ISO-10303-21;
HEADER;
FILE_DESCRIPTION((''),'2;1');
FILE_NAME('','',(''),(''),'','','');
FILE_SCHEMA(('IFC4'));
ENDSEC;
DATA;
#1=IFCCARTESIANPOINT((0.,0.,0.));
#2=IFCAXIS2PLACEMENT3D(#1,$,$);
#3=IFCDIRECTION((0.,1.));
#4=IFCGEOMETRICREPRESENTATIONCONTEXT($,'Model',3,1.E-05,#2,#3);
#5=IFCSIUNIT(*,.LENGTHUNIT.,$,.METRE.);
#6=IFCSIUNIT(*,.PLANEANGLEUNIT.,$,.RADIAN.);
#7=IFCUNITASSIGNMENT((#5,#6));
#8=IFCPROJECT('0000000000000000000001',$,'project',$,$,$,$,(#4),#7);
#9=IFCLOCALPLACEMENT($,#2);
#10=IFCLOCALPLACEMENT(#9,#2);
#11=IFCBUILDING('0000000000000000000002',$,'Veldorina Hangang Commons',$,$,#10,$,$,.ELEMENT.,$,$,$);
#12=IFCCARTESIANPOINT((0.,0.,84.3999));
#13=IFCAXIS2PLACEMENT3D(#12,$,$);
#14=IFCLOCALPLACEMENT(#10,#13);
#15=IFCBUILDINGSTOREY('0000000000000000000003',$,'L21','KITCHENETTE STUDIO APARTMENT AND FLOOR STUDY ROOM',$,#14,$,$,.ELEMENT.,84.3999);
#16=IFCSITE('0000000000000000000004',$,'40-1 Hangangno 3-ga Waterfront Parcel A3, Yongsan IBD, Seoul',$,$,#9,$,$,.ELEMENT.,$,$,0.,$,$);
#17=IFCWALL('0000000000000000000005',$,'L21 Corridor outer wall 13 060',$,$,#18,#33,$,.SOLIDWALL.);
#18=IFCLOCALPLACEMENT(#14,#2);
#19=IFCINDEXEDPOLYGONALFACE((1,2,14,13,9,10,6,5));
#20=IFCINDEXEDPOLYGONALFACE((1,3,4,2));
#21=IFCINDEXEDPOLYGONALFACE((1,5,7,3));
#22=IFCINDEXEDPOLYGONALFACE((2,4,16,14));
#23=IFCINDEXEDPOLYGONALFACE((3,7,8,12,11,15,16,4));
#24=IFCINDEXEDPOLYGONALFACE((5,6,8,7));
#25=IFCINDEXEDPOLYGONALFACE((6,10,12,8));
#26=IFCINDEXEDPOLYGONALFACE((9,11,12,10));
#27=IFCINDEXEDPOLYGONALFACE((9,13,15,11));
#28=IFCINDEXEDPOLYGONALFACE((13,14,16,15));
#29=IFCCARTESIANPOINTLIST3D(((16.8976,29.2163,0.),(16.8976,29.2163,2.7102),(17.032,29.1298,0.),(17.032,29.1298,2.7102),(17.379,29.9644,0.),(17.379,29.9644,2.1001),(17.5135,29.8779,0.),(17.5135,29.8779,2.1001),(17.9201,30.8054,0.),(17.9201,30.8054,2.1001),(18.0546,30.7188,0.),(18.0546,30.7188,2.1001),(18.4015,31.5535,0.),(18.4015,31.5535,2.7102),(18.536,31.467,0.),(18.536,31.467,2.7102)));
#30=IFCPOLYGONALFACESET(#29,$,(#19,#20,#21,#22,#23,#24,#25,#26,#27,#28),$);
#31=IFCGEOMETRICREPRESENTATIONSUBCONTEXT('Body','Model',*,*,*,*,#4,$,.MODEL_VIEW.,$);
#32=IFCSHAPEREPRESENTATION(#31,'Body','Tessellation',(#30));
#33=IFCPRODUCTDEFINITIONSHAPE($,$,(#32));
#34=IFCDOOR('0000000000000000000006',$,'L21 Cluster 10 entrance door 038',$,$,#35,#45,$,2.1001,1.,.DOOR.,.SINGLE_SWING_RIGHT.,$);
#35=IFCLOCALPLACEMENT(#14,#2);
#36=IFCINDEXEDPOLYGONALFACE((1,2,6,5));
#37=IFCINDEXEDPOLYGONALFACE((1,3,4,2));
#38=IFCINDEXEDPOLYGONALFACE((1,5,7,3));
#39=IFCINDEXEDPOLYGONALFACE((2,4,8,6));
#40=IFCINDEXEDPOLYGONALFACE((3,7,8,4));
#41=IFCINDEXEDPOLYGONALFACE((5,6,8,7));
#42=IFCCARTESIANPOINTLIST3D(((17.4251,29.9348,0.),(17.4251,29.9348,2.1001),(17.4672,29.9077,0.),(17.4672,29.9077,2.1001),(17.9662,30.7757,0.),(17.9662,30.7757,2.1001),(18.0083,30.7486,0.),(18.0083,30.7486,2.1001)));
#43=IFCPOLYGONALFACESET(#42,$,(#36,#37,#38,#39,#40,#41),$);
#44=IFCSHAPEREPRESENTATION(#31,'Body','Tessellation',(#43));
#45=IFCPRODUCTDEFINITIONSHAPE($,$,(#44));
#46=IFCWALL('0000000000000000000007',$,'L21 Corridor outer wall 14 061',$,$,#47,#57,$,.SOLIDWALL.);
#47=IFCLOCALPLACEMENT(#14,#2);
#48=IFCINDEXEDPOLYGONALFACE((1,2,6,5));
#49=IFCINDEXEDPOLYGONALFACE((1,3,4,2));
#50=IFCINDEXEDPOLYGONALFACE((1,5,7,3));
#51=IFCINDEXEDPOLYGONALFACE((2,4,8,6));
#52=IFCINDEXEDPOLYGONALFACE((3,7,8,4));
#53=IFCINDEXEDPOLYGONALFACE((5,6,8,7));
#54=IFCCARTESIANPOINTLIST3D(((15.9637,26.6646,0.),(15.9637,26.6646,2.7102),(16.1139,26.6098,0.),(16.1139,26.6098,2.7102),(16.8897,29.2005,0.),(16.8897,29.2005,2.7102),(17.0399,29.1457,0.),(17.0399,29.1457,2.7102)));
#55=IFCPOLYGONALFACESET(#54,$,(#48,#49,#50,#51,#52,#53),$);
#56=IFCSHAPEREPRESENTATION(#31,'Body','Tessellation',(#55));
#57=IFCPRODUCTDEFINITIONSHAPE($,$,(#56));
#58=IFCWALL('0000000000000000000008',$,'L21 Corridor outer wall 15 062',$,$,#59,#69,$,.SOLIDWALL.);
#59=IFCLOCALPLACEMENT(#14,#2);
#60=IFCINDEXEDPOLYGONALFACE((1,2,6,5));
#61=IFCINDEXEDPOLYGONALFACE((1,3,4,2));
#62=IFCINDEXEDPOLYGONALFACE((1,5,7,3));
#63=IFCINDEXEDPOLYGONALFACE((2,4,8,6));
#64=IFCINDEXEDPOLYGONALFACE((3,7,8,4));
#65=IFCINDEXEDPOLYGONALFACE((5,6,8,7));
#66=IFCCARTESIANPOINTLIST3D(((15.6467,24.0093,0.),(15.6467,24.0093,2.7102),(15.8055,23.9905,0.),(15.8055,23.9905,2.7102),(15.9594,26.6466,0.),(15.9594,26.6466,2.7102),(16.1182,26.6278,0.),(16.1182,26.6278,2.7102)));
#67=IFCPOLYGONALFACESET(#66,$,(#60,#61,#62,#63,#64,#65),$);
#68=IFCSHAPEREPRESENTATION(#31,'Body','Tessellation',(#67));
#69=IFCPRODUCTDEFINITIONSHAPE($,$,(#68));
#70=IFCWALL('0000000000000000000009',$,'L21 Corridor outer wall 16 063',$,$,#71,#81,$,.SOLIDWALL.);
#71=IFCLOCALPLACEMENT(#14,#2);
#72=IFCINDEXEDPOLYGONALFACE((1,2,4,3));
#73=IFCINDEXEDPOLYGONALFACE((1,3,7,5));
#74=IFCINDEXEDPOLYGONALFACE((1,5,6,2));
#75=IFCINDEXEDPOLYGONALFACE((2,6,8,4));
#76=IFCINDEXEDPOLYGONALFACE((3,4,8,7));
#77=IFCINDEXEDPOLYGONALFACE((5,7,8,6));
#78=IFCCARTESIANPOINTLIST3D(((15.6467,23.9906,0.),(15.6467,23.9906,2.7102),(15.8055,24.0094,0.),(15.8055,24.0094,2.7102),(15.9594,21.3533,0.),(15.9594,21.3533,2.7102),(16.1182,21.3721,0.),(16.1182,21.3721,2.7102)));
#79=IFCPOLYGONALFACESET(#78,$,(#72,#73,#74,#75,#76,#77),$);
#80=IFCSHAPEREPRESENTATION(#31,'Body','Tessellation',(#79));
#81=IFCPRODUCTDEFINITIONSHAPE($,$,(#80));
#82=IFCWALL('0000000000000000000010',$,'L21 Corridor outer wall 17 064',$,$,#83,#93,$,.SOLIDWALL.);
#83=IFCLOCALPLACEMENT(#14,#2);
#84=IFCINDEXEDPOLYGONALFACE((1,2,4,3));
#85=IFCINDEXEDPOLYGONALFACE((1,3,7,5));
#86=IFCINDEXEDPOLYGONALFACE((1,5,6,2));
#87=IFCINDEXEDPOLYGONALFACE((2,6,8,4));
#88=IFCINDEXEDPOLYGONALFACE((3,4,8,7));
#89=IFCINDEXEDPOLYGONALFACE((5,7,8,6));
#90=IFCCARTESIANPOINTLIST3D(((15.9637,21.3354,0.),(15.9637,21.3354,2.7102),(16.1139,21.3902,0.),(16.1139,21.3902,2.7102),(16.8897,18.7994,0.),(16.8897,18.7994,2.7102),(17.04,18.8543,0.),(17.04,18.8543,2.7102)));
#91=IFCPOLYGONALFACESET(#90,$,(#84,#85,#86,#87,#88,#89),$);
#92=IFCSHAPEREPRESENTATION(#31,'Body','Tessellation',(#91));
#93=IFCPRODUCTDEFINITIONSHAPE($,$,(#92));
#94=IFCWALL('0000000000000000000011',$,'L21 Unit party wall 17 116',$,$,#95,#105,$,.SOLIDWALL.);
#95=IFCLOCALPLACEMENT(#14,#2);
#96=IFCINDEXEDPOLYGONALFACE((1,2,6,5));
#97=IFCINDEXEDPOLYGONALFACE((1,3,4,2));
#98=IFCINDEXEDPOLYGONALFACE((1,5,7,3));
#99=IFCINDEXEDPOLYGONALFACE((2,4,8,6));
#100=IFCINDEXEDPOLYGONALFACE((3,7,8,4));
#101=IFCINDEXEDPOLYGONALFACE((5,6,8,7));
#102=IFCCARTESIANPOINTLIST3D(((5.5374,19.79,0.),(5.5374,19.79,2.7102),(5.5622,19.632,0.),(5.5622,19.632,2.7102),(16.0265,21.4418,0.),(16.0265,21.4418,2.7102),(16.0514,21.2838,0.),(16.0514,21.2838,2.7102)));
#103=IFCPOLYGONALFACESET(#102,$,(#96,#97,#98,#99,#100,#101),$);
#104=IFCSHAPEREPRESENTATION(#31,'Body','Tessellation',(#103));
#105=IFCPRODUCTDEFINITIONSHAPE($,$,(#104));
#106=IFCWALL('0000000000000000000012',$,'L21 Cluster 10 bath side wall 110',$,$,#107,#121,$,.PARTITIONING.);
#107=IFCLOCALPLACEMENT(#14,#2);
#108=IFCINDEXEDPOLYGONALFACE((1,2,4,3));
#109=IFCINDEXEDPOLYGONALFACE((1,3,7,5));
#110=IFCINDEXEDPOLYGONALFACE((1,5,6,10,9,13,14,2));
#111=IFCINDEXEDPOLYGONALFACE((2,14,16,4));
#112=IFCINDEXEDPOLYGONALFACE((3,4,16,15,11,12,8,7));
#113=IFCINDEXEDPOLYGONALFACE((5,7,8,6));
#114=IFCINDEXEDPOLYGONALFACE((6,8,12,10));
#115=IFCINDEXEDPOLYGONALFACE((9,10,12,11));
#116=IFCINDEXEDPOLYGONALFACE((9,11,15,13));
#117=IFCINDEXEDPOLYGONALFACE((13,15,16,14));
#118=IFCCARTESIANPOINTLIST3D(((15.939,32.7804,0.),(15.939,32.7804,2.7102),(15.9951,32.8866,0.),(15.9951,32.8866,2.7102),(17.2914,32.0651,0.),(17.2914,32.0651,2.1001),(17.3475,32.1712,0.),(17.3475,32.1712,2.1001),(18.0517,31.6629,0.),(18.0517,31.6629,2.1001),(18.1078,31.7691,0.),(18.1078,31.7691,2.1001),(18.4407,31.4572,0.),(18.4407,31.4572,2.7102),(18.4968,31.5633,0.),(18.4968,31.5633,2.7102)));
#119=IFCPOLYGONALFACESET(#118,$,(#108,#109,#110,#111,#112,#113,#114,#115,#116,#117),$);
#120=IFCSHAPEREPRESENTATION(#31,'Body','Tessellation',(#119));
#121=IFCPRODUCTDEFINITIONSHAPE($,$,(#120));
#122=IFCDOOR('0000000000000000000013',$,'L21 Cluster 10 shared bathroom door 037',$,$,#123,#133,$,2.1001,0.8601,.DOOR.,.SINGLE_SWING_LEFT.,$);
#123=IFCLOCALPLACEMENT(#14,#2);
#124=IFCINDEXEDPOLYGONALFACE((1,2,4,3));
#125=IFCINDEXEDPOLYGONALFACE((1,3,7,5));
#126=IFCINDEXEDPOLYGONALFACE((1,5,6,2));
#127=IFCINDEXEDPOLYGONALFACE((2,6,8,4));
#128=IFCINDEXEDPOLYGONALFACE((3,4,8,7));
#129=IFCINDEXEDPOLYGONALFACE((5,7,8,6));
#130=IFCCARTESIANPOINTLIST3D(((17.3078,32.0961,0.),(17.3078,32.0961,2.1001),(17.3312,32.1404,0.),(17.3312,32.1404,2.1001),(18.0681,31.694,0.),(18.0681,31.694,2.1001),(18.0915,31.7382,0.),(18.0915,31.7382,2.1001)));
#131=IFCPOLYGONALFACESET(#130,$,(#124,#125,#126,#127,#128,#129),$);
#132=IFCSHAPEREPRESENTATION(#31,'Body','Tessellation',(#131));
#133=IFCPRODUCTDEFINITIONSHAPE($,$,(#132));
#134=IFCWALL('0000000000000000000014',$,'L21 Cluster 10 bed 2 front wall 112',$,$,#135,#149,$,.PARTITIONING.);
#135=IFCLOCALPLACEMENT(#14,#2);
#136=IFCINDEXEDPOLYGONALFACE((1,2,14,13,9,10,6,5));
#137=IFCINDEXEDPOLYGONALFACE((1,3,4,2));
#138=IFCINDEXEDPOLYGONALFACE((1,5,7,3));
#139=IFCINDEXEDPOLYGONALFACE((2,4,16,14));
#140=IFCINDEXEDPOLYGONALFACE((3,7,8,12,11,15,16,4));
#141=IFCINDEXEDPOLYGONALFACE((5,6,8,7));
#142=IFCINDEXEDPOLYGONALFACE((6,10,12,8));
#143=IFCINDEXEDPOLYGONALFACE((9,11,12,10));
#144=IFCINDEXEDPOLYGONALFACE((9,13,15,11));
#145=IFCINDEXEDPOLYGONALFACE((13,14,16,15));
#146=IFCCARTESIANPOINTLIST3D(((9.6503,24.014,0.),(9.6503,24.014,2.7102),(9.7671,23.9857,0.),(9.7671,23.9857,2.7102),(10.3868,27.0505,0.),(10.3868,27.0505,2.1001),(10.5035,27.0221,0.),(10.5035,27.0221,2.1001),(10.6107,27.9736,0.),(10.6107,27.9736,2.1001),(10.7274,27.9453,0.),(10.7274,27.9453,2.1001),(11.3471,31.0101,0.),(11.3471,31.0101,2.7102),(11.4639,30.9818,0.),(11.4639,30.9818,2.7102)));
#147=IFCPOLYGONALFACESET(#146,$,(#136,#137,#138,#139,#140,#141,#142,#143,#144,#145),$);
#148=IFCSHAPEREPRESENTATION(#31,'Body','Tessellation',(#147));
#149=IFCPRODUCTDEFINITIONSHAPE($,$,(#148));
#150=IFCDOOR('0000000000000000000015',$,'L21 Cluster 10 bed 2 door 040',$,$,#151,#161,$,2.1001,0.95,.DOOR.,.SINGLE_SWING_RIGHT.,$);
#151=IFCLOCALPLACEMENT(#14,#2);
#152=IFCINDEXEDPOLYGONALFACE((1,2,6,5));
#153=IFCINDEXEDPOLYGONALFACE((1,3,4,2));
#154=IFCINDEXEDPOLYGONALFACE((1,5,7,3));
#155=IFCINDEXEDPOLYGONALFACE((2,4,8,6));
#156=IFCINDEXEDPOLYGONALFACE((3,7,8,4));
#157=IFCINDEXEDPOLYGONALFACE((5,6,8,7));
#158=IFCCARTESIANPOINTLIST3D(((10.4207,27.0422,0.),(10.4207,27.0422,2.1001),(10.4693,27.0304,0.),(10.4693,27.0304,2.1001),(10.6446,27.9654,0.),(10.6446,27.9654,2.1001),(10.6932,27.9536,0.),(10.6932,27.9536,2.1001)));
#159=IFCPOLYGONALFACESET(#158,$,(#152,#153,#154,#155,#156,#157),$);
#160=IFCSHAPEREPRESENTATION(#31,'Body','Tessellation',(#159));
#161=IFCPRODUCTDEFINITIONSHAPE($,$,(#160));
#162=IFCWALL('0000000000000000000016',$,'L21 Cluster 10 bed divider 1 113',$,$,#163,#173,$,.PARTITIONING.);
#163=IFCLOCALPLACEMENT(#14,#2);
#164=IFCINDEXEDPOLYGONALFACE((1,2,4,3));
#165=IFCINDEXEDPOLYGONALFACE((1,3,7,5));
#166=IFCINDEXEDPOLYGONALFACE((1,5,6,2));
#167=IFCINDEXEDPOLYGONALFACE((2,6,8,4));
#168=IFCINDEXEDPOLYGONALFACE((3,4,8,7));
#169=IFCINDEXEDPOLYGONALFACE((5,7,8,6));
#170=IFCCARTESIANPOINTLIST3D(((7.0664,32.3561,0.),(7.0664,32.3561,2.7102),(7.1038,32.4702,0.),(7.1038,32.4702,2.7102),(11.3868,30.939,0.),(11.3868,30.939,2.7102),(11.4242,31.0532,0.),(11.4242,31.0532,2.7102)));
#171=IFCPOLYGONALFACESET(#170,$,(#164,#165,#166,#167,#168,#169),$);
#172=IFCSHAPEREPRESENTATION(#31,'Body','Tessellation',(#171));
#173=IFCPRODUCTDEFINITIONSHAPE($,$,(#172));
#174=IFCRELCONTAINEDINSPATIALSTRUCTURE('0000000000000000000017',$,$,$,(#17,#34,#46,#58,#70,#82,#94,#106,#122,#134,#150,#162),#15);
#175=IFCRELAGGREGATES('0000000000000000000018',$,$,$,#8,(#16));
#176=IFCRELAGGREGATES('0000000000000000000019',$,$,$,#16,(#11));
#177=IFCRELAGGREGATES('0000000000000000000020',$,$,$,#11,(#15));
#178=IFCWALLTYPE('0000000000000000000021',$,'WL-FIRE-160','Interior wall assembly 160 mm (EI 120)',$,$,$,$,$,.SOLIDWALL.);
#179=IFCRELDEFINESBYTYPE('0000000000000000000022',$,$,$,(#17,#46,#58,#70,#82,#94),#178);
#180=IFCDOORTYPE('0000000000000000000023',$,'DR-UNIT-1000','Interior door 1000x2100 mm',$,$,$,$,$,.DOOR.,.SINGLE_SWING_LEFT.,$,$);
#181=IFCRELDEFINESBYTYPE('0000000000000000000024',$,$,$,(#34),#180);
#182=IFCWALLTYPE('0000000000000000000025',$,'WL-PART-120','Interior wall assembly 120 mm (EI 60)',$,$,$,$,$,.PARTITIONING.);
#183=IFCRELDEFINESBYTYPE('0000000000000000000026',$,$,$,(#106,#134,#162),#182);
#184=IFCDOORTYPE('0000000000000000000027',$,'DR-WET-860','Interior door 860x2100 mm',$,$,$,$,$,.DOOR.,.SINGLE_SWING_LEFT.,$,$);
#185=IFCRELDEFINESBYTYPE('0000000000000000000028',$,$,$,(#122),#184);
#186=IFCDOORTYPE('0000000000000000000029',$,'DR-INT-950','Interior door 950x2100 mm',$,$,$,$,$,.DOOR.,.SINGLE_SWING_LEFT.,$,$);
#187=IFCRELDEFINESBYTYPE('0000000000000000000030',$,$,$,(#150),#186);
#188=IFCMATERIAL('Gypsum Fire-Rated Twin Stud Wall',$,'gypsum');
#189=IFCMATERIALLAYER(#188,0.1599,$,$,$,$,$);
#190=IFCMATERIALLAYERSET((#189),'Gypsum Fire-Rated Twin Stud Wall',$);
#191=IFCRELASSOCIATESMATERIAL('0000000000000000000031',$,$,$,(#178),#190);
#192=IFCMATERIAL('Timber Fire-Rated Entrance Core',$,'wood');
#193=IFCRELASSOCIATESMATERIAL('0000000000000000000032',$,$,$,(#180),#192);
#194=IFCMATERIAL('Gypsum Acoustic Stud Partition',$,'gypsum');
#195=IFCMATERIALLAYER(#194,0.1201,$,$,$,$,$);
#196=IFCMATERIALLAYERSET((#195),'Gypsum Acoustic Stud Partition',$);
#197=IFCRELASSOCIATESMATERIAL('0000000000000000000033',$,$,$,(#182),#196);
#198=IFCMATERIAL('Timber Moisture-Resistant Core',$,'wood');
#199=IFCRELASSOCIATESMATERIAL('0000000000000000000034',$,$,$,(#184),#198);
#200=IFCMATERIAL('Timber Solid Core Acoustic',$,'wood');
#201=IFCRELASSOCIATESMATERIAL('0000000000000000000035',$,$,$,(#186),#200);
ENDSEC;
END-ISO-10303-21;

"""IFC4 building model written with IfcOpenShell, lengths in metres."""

from ifc_helpers import new_model, si_unit, direction, frame, frame_2d, origin, place, context, subcontext, project, spatial, rectangle, extrude, material, layer, layer_set, type_object, element, fill, save


model = new_model("IFC4")

# Units and contexts
model_context = context("Model", 3, precision=1e-05, world=origin(), true_north=direction((0.0, 1.0)))
body_context = subcontext(model_context, "Body", "Model", "MODEL_VIEW")
ifc_project = project(units=[si_unit("LENGTHUNIT", "METRE"), si_unit("PLANEANGLEUNIT", "RADIAN")], contexts=[model_context])

# Site, building, storey
site_placement = place(None, origin())
site = spatial("IfcSite", under=ifc_project, at=site_placement, Name="40-1 Hangangno 3-ga Waterfront Parcel A3, Yongsan IBD, Seoul", CompositionType="ELEMENT", RefElevation=0.0)
building_placement = place(site_placement, origin())
building = spatial("IfcBuilding", under=site, at=building_placement, Name="Veldorina Hangang Commons", CompositionType="ELEMENT")
storey_placement = place(building_placement, frame((0.0, 0.0, 84.3999)))
storey = spatial("IfcBuildingStorey", under=building, at=storey_placement, Name="L21", Description="KITCHENETTE STUDIO APARTMENT AND FLOOR STUDY ROOM", CompositionType="ELEMENT", Elevation=84.3999)

# Wall, opening, door
ifc_material_1 = material(Name="Gypsum Fire-Rated Twin Stud Wall", Category="gypsum")
ifc_layer_1 = layer(ifc_material_1, 0.1599)
ifc_layer_set_1 = layer_set([ifc_layer_1], Name="Gypsum Fire-Rated Twin Stud Wall")
wall_type_1 = type_object("IfcWallType", Name="WL-FIRE-160", Description="Interior wall assembly 160 mm (EI 120)", PredefinedType="SOLIDWALL", material=ifc_layer_set_1)
wall_1_placement = place(storey_placement, frame((18.4688, 31.5103, 0.0), z_axis=(0.0, 0.0, 1.0), x_axis=(-0.541126, -0.840941, 0.0)))
wall_1 = element("IfcWall", 1, at=wall_1_placement, inside=storey, type_object=wall_type_1, Name="L21 Corridor outer wall 13 060", PredefinedType="SOLIDWALL", context=body_context, shape_type="SweptSolid", body=[
    extrude(rectangle(XDim=2.7793, YDim=0.1599, at=frame_2d((1.3896, 0.0))), origin(), (0.0, 0.0, 1.0), 2.7102),
])
opening_1_placement = place(wall_1_placement, frame((0.8896, 0.0, 0.0)))
opening_1 = element("IfcOpeningElement", 2, at=opening_1_placement, cuts=wall_1, PredefinedType="OPENING", context=body_context, shape_type="SweptSolid", body=[
    extrude(rectangle(XDim=1.0, YDim=2.1001, at=frame_2d((0.5, 1.05))), frame((0.0, 0.0898, 0.0), z_axis=(0.0, -1.0, 0.0), x_axis=(1.0, 0.0, 0.0)), (0.0, 0.0, 1.0), 0.1799),
])
ifc_material_2 = material(Name="Timber Fire-Rated Entrance Core", Category="wood")
door_type_1 = type_object("IfcDoorType", Name="DR-UNIT-1000", Description="Interior door 1000x2100 mm", OperationType="SINGLE_SWING_LEFT", PredefinedType="DOOR", material=ifc_material_2)
door_1_placement = place(opening_1_placement, origin())
door_1 = element("IfcDoor", 3, at=door_1_placement, inside=storey, type_object=door_type_1, Name="L21 Cluster 10 entrance door 038", OperationType="SINGLE_SWING_RIGHT", OverallHeight=2.1001, OverallWidth=1.0, PredefinedType="DOOR", context=body_context, shape_type="SweptSolid", body=[
    extrude(rectangle(XDim=1.0, YDim=2.1001, at=frame_2d((0.5, 1.05))), frame((0.0, 0.0249, 0.0), z_axis=(0.0, -1.0, 0.0), x_axis=(1.0, 0.0, 0.0)), (0.0, 0.0, 1.0), 0.05),
])
fill(opening_1, door_1)

# Walls
wall_2_placement = place(storey_placement, frame((16.9648, 29.1731, 0.0), z_axis=(0.0, 0.0, 1.0), x_axis=(-0.343013, -0.93933, 0.0)))
element("IfcWall", 4, at=wall_2_placement, inside=storey, type_object=wall_type_1, Name="L21 Corridor outer wall 14 061", PredefinedType="SOLIDWALL", context=body_context, shape_type="SweptSolid", body=[
    extrude(rectangle(XDim=2.6997, YDim=0.1599, at=frame_2d((1.3499, 0.0))), origin(), (0.0, 0.0, 1.0), 2.7102),
])
for number, where, z_axis, x_axis, name in (
    (5, (16.0388, 26.6372, 0.0), (0.0, 0.0, 1.0), (-0.117764, -0.993042, 0.0), "L21 Corridor outer wall 15 062"),
    (6, (15.7261, 24.0, 0.0), (0.0, 0.0, 1.0), (0.117764, -0.993042, 0.0), "L21 Corridor outer wall 16 063"),
):
    element("IfcWall", number, at=place(storey_placement, frame(where, z_axis=z_axis, x_axis=x_axis)), inside=storey, type_object=wall_type_1, Name=name, PredefinedType="SOLIDWALL", context=body_context, shape_type="SweptSolid", body=[
        extrude(rectangle(XDim=2.6558, YDim=0.1599, at=frame_2d((1.3279, 0.0))), origin(), (0.0, 0.0, 1.0), 2.7102),
    ])
wall_3_placement = place(storey_placement, frame((16.0388, 21.3628, 0.0), z_axis=(0.0, 0.0, 1.0), x_axis=(0.343013, -0.93933, 0.0)))
element("IfcWall", 7, at=wall_3_placement, inside=storey, type_object=wall_type_1, Name="L21 Corridor outer wall 17 064", PredefinedType="SOLIDWALL", context=body_context, shape_type="SweptSolid", body=[
    extrude(rectangle(XDim=2.6997, YDim=0.1599, at=frame_2d((1.3499, 0.0))), origin(), (0.0, 0.0, 1.0), 2.7102),
])
wall_4_placement = place(storey_placement, frame((16.0388, 21.3628, 0.0), z_axis=(0.0, 0.0, 1.0), x_axis=(-0.987826, -0.155563, 0.0)))
element("IfcWall", 8, at=wall_4_placement, inside=storey, type_object=wall_type_1, Name="L21 Unit party wall 17 116", PredefinedType="SOLIDWALL", context=body_context, shape_type="SweptSolid", body=[
    extrude(rectangle(XDim=10.6184, YDim=0.1599, at=frame_2d((5.3091, 0.0))), origin(), (0.0, 0.0, 1.0), 2.7102),
])

# Walls, openings, doors
ifc_material_3 = material(Name="Gypsum Acoustic Stud Partition", Category="gypsum")
ifc_layer_2 = layer(ifc_material_3, 0.1201)
ifc_layer_set_2 = layer_set([ifc_layer_2], Name="Gypsum Acoustic Stud Partition")
wall_type_2 = type_object("IfcWallType", Name="WL-PART-120", Description="Interior wall assembly 120 mm (EI 60)", PredefinedType="PARTITIONING", material=ifc_layer_set_2)
wall_5_placement = place(storey_placement, frame((18.4688, 31.5103, 0.0), z_axis=(0.0, 0.0, 1.0), x_axis=(-0.883962, 0.467559, 0.0)))
wall_5 = element("IfcWall", 9, at=wall_5_placement, inside=storey, type_object=wall_type_2, Name="L21 Cluster 10 bath side wall 110", PredefinedType="PARTITIONING", context=body_context, shape_type="SweptSolid", body=[
    extrude(rectangle(XDim=2.8301, YDim=0.1201, at=frame_2d((1.415, 0.0))), origin(), (0.0, 0.0, 1.0), 2.7102),
])
opening_2_placement = place(wall_5_placement, frame((0.4399, 0.0, 0.0)))
opening_2 = element("IfcOpeningElement", 10, at=opening_2_placement, cuts=wall_5, PredefinedType="OPENING", context=body_context, shape_type="SweptSolid", body=[
    extrude(rectangle(XDim=0.8601, YDim=2.1001, at=frame_2d((0.4302, 1.05))), frame((0.0, 0.0701, 0.0), z_axis=(0.0, -1.0, 0.0), x_axis=(1.0, 0.0, 0.0)), (0.0, 0.0, 1.0), 0.1401),
])
ifc_material_4 = material(Name="Timber Moisture-Resistant Core", Category="wood")
door_type_2 = type_object("IfcDoorType", Name="DR-WET-860", Description="Interior door 860x2100 mm", OperationType="SINGLE_SWING_LEFT", PredefinedType="DOOR", material=ifc_material_4)
door_2_placement = place(opening_2_placement, origin())
door_2 = element("IfcDoor", 11, at=door_2_placement, inside=storey, type_object=door_type_2, Name="L21 Cluster 10 shared bathroom door 037", OperationType="SINGLE_SWING_LEFT", OverallHeight=2.1001, OverallWidth=0.8601, PredefinedType="DOOR", context=body_context, shape_type="SweptSolid", body=[
    extrude(rectangle(XDim=0.8601, YDim=2.1001, at=frame_2d((0.4302, 1.05))), frame((0.0, 0.0249, 0.0), z_axis=(0.0, -1.0, 0.0), x_axis=(1.0, 0.0, 0.0)), (0.0, 0.0, 1.0), 0.05),
])
fill(opening_2, door_2)
wall_6_placement = place(storey_placement, frame((11.4055, 30.9961, 0.0), z_axis=(0.0, 0.0, 1.0), x_axis=(-0.235699, -0.971826, 0.0)))
wall_6 = element("IfcWall", 12, at=wall_6_placement, inside=storey, type_object=wall_type_2, Name="L21 Cluster 10 bed 2 front wall 112", PredefinedType="PARTITIONING", context=body_context, shape_type="SweptSolid", body=[
    extrude(rectangle(XDim=7.199, YDim=0.1201, at=frame_2d((3.5996, 0.0))), origin(), (0.0, 0.0, 1.0), 2.7102),
])
opening_3_placement = place(wall_6_placement, frame((3.1245, 0.0, 0.0)))
opening_3 = element("IfcOpeningElement", 13, at=opening_3_placement, cuts=wall_6, PredefinedType="OPENING", context=body_context, shape_type="SweptSolid", body=[
    extrude(rectangle(XDim=0.95, YDim=2.1001, at=frame_2d((0.4751, 1.05))), frame((0.0, 0.0701, 0.0), z_axis=(0.0, -1.0, 0.0), x_axis=(1.0, 0.0, 0.0)), (0.0, 0.0, 1.0), 0.1401),
])
ifc_material_5 = material(Name="Timber Solid Core Acoustic", Category="wood")
door_type_3 = type_object("IfcDoorType", Name="DR-INT-950", Description="Interior door 950x2100 mm", OperationType="SINGLE_SWING_LEFT", PredefinedType="DOOR", material=ifc_material_5)
door_3_placement = place(opening_3_placement, origin())
door_3 = element("IfcDoor", 14, at=door_3_placement, inside=storey, type_object=door_type_3, Name="L21 Cluster 10 bed 2 door 040", OperationType="SINGLE_SWING_RIGHT", OverallHeight=2.1001, OverallWidth=0.95, PredefinedType="DOOR", context=body_context, shape_type="SweptSolid", body=[
    extrude(rectangle(XDim=0.95, YDim=2.1001, at=frame_2d((0.4751, 1.05))), frame((0.0, 0.0249, 0.0), z_axis=(0.0, -1.0, 0.0), x_axis=(1.0, 0.0, 0.0)), (0.0, 0.0, 1.0), 0.05),
])
fill(opening_3, door_3)

# Wall
wall_7_placement = place(storey_placement, frame((11.4055, 30.9961, 0.0), z_axis=(0.0, 0.0, 1.0), x_axis=(-0.950197, 0.311649, 0.0)))
element("IfcWall", 15, at=wall_7_placement, inside=storey, type_object=wall_type_2, Name="L21 Cluster 10 bed divider 1 113", PredefinedType="PARTITIONING", context=body_context, shape_type="SweptSolid", body=[
    extrude(rectangle(XDim=4.5469, YDim=0.1201, at=frame_2d((2.2734, 0.0))), origin(), (0.0, 0.0, 1.0), 2.7102),
])

save(model, "model.ifc")
